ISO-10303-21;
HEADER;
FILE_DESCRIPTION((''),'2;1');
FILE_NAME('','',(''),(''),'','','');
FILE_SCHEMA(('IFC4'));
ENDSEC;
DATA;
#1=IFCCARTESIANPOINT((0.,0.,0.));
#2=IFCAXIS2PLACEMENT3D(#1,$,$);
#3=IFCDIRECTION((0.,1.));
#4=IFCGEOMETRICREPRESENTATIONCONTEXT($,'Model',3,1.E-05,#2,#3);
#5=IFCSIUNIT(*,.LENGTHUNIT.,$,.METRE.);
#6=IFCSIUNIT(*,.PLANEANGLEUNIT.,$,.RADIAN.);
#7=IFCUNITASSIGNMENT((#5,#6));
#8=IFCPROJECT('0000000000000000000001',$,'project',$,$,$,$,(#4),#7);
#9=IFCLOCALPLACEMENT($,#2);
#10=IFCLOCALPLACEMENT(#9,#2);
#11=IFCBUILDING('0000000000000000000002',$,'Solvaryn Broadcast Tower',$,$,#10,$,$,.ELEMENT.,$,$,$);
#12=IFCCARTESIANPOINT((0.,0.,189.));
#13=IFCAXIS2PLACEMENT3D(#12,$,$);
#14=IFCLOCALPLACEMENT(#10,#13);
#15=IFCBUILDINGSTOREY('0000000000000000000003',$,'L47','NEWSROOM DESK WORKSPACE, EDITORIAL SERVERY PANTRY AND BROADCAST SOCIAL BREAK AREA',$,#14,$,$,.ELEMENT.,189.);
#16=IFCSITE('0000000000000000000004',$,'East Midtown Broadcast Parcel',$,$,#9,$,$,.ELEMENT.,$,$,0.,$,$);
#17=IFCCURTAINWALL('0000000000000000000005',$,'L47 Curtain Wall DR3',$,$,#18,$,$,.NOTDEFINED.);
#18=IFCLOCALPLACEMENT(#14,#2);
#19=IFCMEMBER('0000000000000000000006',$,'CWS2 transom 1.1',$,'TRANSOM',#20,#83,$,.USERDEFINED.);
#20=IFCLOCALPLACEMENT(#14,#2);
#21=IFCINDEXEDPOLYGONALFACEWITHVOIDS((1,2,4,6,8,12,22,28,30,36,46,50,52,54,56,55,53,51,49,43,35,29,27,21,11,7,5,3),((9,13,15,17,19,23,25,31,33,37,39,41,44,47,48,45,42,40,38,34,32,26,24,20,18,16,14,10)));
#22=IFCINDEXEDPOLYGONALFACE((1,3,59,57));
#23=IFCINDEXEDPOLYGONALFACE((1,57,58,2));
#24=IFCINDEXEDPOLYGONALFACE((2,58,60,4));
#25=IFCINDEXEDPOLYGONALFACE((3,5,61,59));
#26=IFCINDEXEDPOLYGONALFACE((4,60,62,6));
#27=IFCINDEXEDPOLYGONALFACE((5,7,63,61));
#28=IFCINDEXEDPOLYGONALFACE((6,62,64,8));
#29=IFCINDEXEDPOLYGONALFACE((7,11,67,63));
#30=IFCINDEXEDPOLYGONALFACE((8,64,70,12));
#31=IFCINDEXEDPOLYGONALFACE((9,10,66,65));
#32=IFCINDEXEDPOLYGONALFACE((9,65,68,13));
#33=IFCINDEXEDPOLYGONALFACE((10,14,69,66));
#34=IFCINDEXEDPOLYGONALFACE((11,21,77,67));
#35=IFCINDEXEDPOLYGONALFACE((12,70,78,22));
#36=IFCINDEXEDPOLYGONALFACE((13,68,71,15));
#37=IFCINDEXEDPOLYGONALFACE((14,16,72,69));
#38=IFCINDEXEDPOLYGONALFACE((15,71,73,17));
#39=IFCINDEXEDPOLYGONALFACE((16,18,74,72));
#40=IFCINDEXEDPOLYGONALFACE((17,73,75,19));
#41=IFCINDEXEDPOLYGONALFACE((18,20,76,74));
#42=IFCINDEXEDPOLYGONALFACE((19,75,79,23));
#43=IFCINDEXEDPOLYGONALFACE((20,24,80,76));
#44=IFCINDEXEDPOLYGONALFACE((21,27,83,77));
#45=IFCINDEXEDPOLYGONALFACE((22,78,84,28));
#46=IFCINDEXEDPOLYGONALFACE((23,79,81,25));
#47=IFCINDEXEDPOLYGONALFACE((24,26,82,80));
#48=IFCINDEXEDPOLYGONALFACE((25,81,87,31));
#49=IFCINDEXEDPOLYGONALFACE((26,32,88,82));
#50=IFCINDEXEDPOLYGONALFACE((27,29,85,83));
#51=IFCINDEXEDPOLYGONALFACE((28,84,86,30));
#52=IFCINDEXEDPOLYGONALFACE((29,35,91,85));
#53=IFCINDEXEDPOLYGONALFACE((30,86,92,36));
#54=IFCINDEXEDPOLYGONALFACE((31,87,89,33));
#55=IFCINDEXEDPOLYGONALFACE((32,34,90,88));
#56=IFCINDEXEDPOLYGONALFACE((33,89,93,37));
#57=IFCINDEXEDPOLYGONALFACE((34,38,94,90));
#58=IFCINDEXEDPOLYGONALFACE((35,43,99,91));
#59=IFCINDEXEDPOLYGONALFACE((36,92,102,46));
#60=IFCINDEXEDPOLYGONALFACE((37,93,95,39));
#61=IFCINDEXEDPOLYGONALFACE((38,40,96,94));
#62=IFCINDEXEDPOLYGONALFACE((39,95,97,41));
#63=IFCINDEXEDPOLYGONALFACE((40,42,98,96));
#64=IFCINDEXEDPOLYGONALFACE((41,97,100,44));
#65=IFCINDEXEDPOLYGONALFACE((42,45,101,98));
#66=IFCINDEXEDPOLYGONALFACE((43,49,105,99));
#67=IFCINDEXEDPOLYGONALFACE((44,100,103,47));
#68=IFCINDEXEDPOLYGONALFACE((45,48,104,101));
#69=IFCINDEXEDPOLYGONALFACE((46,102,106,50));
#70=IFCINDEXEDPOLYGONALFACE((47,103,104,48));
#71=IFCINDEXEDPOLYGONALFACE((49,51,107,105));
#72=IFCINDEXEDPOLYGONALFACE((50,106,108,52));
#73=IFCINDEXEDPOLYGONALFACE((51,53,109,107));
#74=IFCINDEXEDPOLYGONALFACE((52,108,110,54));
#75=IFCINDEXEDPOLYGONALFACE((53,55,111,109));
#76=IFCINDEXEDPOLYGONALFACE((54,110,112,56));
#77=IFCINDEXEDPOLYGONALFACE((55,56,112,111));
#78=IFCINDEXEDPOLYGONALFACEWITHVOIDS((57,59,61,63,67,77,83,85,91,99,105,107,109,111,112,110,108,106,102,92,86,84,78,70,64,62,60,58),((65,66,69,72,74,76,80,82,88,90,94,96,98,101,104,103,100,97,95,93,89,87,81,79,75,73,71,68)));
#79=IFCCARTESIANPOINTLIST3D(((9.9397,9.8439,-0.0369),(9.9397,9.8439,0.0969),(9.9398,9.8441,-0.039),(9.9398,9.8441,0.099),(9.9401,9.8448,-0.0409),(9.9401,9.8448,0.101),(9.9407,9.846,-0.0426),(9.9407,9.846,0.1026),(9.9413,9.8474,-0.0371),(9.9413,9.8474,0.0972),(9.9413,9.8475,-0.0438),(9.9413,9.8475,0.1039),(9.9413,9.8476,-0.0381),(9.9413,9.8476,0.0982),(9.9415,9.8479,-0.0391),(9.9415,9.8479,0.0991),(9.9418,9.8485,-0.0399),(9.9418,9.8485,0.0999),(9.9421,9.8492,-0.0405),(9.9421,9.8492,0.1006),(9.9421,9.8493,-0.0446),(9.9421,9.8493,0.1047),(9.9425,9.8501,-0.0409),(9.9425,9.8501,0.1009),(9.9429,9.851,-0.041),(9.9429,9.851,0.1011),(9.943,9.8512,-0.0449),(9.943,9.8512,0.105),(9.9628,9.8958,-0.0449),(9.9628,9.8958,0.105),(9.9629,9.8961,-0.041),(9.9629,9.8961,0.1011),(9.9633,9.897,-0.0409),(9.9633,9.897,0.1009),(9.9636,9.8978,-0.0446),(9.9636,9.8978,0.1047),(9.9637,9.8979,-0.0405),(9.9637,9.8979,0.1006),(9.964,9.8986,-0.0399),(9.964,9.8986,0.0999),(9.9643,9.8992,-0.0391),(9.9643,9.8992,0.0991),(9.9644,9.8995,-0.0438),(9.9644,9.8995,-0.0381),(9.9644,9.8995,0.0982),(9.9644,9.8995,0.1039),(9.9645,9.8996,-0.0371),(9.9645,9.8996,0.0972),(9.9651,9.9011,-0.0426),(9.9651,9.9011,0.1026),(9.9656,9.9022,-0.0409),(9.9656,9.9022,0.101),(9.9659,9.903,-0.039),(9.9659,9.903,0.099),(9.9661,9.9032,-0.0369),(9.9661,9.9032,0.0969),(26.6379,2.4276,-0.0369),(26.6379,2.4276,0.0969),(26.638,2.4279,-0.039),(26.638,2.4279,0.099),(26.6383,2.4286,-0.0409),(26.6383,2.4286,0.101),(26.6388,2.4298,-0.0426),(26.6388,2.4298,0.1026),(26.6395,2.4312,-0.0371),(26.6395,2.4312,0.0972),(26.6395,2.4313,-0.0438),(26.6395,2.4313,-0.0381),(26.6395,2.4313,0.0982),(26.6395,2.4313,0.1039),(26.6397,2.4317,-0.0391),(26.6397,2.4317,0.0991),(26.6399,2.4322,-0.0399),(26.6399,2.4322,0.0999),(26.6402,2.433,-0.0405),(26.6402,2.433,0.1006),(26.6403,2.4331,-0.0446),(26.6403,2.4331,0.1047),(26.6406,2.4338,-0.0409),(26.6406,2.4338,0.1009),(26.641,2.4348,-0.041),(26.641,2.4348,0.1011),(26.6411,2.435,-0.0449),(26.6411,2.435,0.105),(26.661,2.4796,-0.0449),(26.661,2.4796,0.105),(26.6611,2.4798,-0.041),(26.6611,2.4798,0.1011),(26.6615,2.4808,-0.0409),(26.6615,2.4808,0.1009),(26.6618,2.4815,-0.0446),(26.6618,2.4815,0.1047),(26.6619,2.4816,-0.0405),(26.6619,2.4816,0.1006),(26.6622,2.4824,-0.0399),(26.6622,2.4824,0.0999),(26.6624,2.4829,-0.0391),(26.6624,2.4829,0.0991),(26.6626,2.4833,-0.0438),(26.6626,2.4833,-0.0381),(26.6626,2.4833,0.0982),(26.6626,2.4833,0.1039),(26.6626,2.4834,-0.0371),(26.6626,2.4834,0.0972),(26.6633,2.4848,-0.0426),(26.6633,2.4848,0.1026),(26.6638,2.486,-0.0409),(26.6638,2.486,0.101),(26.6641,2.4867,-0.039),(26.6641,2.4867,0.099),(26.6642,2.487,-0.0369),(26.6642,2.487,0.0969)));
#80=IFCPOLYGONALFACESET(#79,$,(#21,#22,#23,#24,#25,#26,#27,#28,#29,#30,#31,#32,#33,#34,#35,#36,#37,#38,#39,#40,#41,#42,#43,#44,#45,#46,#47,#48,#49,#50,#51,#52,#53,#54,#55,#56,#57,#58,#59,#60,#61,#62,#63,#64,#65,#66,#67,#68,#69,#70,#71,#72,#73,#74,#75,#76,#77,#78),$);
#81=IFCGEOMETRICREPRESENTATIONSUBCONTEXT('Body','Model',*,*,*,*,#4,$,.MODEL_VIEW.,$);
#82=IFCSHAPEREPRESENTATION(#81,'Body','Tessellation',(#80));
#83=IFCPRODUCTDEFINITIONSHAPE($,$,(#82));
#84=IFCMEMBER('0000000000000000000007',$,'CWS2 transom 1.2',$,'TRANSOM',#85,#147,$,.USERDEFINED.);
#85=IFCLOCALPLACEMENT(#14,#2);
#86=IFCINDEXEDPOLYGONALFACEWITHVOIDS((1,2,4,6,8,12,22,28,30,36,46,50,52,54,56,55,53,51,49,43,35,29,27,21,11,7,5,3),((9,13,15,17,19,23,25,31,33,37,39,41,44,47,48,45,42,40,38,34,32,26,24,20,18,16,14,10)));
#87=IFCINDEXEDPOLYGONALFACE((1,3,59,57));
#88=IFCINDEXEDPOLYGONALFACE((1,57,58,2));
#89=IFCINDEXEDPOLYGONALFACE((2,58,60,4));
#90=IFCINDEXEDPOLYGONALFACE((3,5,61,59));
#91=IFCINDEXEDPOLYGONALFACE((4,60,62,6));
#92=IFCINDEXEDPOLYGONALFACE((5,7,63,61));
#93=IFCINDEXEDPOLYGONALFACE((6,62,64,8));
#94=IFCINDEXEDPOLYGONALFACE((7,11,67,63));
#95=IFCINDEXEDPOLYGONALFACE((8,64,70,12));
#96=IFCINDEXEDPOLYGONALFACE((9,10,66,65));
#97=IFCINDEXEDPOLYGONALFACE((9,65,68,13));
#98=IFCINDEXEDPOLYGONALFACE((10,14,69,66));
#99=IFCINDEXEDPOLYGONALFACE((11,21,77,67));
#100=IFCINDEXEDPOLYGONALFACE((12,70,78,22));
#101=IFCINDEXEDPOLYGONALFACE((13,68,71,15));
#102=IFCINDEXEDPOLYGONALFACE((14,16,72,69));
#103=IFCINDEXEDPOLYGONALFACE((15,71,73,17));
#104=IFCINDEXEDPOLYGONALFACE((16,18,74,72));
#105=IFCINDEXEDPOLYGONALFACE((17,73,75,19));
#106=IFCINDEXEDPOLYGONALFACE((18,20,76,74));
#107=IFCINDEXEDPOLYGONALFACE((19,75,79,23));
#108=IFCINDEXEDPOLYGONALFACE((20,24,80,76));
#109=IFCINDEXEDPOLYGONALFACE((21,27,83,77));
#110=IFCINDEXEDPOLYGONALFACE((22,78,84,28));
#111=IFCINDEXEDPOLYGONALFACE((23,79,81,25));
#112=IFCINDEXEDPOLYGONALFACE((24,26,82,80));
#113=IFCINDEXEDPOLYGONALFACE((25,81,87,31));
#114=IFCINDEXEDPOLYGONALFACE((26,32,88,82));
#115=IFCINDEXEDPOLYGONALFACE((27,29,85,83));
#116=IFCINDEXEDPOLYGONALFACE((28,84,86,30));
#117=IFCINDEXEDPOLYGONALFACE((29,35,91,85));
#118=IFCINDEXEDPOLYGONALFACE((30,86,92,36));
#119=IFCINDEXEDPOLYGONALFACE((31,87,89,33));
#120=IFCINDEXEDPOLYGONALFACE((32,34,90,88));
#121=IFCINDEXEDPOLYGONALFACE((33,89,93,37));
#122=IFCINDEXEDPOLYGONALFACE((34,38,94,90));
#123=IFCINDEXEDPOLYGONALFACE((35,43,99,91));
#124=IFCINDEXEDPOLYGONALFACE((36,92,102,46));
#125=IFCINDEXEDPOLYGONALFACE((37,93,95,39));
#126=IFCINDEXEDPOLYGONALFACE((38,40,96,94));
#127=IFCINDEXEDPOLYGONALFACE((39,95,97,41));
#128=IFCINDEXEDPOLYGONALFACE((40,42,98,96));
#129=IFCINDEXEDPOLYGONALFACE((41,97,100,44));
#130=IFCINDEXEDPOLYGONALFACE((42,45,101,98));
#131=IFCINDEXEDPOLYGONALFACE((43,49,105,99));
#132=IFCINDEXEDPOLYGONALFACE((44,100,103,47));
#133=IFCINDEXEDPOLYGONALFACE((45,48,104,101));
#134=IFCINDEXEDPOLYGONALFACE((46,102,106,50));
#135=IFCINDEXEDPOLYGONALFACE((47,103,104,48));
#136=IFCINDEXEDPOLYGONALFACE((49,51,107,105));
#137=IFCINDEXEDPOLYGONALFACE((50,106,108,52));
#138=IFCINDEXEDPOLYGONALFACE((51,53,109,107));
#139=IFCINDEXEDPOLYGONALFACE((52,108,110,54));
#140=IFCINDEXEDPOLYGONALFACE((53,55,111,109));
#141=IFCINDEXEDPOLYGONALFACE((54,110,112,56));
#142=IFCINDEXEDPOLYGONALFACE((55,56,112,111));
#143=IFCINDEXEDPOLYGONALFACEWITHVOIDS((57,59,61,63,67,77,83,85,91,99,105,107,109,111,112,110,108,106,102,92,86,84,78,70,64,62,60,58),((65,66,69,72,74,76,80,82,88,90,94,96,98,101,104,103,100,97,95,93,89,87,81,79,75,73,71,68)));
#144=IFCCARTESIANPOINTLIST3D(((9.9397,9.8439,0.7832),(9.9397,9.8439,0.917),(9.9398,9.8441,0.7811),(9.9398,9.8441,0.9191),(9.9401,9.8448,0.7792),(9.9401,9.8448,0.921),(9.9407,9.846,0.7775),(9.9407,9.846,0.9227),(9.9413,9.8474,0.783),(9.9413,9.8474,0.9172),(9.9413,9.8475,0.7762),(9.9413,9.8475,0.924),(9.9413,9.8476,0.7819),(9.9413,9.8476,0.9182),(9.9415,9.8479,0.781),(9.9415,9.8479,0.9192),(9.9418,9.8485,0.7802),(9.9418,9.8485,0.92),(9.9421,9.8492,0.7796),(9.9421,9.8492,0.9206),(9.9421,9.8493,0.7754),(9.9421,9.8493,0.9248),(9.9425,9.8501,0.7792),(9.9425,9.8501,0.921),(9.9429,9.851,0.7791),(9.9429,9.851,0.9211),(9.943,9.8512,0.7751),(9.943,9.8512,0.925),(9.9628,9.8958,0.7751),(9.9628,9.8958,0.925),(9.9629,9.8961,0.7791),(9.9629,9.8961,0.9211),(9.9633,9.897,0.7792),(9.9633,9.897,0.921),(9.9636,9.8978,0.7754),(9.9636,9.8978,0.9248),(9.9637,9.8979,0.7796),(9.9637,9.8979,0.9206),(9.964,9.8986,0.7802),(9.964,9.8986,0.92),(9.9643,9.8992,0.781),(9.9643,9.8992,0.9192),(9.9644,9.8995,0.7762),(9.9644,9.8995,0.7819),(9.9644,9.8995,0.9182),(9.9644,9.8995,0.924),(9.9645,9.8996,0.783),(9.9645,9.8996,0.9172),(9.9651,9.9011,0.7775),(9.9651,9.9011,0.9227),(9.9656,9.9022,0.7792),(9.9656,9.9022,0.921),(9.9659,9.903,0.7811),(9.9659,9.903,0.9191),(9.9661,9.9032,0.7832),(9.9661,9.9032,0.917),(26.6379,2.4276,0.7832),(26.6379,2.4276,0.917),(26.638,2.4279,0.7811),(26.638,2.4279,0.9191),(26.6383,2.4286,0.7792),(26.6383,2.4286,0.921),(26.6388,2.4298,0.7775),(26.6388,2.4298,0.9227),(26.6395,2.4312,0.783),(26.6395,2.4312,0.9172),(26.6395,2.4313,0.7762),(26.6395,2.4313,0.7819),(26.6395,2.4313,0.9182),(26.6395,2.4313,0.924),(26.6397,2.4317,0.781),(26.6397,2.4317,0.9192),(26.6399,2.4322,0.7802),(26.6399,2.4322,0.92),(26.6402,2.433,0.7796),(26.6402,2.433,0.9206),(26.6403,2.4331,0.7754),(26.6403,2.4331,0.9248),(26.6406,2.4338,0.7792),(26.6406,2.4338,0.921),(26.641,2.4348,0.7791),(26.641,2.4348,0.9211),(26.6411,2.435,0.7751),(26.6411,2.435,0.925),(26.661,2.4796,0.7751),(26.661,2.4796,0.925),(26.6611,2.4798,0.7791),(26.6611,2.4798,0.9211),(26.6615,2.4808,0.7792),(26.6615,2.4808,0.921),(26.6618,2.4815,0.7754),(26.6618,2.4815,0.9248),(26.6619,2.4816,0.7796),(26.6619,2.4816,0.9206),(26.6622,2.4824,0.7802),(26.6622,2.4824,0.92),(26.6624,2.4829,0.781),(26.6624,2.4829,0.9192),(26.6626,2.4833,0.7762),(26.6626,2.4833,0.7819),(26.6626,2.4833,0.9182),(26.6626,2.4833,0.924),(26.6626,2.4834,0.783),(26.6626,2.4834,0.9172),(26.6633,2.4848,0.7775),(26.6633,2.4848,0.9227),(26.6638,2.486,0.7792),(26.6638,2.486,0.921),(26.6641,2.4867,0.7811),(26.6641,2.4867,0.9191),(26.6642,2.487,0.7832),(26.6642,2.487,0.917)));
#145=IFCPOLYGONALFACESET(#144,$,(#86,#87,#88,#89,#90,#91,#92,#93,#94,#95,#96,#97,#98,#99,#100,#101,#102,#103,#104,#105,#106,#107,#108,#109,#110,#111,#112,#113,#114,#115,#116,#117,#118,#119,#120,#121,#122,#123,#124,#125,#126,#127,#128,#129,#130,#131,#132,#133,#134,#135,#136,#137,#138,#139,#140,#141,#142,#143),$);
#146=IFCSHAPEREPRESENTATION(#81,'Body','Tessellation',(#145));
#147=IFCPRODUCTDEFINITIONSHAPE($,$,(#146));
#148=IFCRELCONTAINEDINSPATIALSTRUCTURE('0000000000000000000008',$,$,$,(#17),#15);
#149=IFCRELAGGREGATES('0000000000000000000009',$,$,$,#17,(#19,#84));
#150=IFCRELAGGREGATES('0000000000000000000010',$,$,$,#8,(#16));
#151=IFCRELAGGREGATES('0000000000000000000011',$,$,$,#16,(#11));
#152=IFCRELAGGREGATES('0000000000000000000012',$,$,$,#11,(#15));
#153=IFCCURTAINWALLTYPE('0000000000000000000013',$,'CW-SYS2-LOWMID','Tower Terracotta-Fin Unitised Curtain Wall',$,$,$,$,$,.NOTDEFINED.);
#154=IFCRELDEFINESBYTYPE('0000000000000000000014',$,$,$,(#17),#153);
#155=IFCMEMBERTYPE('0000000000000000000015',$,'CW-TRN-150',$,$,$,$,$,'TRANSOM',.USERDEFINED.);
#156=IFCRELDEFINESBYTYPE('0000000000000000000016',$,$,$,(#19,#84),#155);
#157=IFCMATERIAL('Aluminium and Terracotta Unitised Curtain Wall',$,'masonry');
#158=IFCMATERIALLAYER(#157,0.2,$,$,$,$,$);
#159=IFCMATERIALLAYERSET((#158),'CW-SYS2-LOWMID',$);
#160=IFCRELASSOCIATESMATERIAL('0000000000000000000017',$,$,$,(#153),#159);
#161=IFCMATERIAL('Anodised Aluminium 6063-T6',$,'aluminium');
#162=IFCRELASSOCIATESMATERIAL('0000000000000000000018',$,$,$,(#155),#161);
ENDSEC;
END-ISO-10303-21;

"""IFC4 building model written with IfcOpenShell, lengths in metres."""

from ifc_helpers import new_model, si_unit, direction, frame, origin, origin_2d, place, context, subcontext, project, spatial, hollow_rectangle, extrude, material, layer, layer_set, material_profile, profile_set, type_object, element, aggregate, save


model = new_model("IFC4")

# Units and contexts
model_context = context("Model", 3, precision=1e-05, world=origin(), true_north=direction((0.0, 1.0)))
body_context = subcontext(model_context, "Body", "Model", "MODEL_VIEW")
ifc_project = project(units=[si_unit("LENGTHUNIT", "METRE"), si_unit("PLANEANGLEUNIT", "RADIAN")], contexts=[model_context])

# Site, building, storey
site_placement = place(None, origin())
site = spatial("IfcSite", under=ifc_project, at=site_placement, Name="East Midtown Broadcast Parcel", CompositionType="ELEMENT", RefElevation=0.0)
building_placement = place(site_placement, origin())
building = spatial("IfcBuilding", under=site, at=building_placement, Name="Solvaryn Broadcast Tower", CompositionType="ELEMENT")
storey_placement = place(building_placement, frame((0.0, 0.0, 189.0)))
storey = spatial("IfcBuildingStorey", under=building, at=storey_placement, Name="L47", Description="NEWSROOM DESK WORKSPACE, EDITORIAL SERVERY PANTRY AND BROADCAST SOCIAL BREAK AREA", CompositionType="ELEMENT", Elevation=189.0)

# Shared definitions
ifc_material_1 = material(Name="Aluminium and Terracotta Unitised Curtain Wall", Category="masonry")
ifc_layer_1 = layer(ifc_material_1, 0.2)
ifc_layer_set_1 = layer_set([ifc_layer_1], Name="CW-SYS2-LOWMID")
curtain_wall_type = type_object("IfcCurtainWallType", Name="CW-SYS2-LOWMID", Description="Tower Terracotta-Fin Unitised Curtain Wall", PredefinedType="NOTDEFINED", material=ifc_layer_set_1)

# Curtain wall, members
curtain_wall_1_placement = place(storey_placement, origin())
curtain_wall_1 = element("IfcCurtainWall", 1, at=curtain_wall_1_placement, inside=storey, type_object=curtain_wall_type, Name="L47 Curtain Wall DR3", PredefinedType="NOTDEFINED")
ifc_material_2 = material(Name="Anodised Aluminium 6063-T6", Category="aluminium")
ifc_material_profile_1 = material_profile(ifc_material_2, hollow_rectangle(XDim=0.0649, YDim=0.1499, WallThickness=0.0039, InnerFilletRadius=0.0039, OuterFilletRadius=0.0081, at=origin_2d()))
ifc_profile_set_1 = profile_set([ifc_material_profile_1], Name="Anodised Aluminium 6063-T6")
member_type_1 = type_object("IfcMemberType", Name="CW-TRN-150", ElementType="TRANSOM", PredefinedType="USERDEFINED", material=ifc_profile_set_1)
member_1_placement = place(storey_placement, frame((9.9529, 9.8735, 0.03), z_axis=(0.913917, -0.405902, 0.0), x_axis=(0.405902, 0.913917, 0.0)))
member_1 = element("IfcMember", 2, at=member_1_placement, type_object=member_type_1, Name="CWS2 transom 1.1", ObjectType="TRANSOM", PredefinedType="USERDEFINED", context=body_context, shape_type="SweptSolid", body=[
    extrude(hollow_rectangle(XDim=0.0649, YDim=0.1499, WallThickness=0.0039, InnerFilletRadius=0.0039, OuterFilletRadius=0.0081, at=origin_2d()), origin(), (0.0, 0.0, 1.0), 18.271),
])
member_2_placement = place(storey_placement, frame((9.9529, 9.8735, 0.8501), z_axis=(0.913917, -0.405902, 0.0), x_axis=(0.405902, 0.913917, 0.0)))
member_2 = element("IfcMember", 3, at=member_2_placement, type_object=member_type_1, Name="CWS2 transom 1.2", ObjectType="TRANSOM", PredefinedType="USERDEFINED", context=body_context, shape_type="SweptSolid", body=[
    extrude(hollow_rectangle(XDim=0.0649, YDim=0.1499, WallThickness=0.0039, InnerFilletRadius=0.0039, OuterFilletRadius=0.0081, at=origin_2d()), origin(), (0.0, 0.0, 1.0), 18.271),
])
aggregate(curtain_wall_1, [member_1, member_2])

save(model, "model.ifc")
